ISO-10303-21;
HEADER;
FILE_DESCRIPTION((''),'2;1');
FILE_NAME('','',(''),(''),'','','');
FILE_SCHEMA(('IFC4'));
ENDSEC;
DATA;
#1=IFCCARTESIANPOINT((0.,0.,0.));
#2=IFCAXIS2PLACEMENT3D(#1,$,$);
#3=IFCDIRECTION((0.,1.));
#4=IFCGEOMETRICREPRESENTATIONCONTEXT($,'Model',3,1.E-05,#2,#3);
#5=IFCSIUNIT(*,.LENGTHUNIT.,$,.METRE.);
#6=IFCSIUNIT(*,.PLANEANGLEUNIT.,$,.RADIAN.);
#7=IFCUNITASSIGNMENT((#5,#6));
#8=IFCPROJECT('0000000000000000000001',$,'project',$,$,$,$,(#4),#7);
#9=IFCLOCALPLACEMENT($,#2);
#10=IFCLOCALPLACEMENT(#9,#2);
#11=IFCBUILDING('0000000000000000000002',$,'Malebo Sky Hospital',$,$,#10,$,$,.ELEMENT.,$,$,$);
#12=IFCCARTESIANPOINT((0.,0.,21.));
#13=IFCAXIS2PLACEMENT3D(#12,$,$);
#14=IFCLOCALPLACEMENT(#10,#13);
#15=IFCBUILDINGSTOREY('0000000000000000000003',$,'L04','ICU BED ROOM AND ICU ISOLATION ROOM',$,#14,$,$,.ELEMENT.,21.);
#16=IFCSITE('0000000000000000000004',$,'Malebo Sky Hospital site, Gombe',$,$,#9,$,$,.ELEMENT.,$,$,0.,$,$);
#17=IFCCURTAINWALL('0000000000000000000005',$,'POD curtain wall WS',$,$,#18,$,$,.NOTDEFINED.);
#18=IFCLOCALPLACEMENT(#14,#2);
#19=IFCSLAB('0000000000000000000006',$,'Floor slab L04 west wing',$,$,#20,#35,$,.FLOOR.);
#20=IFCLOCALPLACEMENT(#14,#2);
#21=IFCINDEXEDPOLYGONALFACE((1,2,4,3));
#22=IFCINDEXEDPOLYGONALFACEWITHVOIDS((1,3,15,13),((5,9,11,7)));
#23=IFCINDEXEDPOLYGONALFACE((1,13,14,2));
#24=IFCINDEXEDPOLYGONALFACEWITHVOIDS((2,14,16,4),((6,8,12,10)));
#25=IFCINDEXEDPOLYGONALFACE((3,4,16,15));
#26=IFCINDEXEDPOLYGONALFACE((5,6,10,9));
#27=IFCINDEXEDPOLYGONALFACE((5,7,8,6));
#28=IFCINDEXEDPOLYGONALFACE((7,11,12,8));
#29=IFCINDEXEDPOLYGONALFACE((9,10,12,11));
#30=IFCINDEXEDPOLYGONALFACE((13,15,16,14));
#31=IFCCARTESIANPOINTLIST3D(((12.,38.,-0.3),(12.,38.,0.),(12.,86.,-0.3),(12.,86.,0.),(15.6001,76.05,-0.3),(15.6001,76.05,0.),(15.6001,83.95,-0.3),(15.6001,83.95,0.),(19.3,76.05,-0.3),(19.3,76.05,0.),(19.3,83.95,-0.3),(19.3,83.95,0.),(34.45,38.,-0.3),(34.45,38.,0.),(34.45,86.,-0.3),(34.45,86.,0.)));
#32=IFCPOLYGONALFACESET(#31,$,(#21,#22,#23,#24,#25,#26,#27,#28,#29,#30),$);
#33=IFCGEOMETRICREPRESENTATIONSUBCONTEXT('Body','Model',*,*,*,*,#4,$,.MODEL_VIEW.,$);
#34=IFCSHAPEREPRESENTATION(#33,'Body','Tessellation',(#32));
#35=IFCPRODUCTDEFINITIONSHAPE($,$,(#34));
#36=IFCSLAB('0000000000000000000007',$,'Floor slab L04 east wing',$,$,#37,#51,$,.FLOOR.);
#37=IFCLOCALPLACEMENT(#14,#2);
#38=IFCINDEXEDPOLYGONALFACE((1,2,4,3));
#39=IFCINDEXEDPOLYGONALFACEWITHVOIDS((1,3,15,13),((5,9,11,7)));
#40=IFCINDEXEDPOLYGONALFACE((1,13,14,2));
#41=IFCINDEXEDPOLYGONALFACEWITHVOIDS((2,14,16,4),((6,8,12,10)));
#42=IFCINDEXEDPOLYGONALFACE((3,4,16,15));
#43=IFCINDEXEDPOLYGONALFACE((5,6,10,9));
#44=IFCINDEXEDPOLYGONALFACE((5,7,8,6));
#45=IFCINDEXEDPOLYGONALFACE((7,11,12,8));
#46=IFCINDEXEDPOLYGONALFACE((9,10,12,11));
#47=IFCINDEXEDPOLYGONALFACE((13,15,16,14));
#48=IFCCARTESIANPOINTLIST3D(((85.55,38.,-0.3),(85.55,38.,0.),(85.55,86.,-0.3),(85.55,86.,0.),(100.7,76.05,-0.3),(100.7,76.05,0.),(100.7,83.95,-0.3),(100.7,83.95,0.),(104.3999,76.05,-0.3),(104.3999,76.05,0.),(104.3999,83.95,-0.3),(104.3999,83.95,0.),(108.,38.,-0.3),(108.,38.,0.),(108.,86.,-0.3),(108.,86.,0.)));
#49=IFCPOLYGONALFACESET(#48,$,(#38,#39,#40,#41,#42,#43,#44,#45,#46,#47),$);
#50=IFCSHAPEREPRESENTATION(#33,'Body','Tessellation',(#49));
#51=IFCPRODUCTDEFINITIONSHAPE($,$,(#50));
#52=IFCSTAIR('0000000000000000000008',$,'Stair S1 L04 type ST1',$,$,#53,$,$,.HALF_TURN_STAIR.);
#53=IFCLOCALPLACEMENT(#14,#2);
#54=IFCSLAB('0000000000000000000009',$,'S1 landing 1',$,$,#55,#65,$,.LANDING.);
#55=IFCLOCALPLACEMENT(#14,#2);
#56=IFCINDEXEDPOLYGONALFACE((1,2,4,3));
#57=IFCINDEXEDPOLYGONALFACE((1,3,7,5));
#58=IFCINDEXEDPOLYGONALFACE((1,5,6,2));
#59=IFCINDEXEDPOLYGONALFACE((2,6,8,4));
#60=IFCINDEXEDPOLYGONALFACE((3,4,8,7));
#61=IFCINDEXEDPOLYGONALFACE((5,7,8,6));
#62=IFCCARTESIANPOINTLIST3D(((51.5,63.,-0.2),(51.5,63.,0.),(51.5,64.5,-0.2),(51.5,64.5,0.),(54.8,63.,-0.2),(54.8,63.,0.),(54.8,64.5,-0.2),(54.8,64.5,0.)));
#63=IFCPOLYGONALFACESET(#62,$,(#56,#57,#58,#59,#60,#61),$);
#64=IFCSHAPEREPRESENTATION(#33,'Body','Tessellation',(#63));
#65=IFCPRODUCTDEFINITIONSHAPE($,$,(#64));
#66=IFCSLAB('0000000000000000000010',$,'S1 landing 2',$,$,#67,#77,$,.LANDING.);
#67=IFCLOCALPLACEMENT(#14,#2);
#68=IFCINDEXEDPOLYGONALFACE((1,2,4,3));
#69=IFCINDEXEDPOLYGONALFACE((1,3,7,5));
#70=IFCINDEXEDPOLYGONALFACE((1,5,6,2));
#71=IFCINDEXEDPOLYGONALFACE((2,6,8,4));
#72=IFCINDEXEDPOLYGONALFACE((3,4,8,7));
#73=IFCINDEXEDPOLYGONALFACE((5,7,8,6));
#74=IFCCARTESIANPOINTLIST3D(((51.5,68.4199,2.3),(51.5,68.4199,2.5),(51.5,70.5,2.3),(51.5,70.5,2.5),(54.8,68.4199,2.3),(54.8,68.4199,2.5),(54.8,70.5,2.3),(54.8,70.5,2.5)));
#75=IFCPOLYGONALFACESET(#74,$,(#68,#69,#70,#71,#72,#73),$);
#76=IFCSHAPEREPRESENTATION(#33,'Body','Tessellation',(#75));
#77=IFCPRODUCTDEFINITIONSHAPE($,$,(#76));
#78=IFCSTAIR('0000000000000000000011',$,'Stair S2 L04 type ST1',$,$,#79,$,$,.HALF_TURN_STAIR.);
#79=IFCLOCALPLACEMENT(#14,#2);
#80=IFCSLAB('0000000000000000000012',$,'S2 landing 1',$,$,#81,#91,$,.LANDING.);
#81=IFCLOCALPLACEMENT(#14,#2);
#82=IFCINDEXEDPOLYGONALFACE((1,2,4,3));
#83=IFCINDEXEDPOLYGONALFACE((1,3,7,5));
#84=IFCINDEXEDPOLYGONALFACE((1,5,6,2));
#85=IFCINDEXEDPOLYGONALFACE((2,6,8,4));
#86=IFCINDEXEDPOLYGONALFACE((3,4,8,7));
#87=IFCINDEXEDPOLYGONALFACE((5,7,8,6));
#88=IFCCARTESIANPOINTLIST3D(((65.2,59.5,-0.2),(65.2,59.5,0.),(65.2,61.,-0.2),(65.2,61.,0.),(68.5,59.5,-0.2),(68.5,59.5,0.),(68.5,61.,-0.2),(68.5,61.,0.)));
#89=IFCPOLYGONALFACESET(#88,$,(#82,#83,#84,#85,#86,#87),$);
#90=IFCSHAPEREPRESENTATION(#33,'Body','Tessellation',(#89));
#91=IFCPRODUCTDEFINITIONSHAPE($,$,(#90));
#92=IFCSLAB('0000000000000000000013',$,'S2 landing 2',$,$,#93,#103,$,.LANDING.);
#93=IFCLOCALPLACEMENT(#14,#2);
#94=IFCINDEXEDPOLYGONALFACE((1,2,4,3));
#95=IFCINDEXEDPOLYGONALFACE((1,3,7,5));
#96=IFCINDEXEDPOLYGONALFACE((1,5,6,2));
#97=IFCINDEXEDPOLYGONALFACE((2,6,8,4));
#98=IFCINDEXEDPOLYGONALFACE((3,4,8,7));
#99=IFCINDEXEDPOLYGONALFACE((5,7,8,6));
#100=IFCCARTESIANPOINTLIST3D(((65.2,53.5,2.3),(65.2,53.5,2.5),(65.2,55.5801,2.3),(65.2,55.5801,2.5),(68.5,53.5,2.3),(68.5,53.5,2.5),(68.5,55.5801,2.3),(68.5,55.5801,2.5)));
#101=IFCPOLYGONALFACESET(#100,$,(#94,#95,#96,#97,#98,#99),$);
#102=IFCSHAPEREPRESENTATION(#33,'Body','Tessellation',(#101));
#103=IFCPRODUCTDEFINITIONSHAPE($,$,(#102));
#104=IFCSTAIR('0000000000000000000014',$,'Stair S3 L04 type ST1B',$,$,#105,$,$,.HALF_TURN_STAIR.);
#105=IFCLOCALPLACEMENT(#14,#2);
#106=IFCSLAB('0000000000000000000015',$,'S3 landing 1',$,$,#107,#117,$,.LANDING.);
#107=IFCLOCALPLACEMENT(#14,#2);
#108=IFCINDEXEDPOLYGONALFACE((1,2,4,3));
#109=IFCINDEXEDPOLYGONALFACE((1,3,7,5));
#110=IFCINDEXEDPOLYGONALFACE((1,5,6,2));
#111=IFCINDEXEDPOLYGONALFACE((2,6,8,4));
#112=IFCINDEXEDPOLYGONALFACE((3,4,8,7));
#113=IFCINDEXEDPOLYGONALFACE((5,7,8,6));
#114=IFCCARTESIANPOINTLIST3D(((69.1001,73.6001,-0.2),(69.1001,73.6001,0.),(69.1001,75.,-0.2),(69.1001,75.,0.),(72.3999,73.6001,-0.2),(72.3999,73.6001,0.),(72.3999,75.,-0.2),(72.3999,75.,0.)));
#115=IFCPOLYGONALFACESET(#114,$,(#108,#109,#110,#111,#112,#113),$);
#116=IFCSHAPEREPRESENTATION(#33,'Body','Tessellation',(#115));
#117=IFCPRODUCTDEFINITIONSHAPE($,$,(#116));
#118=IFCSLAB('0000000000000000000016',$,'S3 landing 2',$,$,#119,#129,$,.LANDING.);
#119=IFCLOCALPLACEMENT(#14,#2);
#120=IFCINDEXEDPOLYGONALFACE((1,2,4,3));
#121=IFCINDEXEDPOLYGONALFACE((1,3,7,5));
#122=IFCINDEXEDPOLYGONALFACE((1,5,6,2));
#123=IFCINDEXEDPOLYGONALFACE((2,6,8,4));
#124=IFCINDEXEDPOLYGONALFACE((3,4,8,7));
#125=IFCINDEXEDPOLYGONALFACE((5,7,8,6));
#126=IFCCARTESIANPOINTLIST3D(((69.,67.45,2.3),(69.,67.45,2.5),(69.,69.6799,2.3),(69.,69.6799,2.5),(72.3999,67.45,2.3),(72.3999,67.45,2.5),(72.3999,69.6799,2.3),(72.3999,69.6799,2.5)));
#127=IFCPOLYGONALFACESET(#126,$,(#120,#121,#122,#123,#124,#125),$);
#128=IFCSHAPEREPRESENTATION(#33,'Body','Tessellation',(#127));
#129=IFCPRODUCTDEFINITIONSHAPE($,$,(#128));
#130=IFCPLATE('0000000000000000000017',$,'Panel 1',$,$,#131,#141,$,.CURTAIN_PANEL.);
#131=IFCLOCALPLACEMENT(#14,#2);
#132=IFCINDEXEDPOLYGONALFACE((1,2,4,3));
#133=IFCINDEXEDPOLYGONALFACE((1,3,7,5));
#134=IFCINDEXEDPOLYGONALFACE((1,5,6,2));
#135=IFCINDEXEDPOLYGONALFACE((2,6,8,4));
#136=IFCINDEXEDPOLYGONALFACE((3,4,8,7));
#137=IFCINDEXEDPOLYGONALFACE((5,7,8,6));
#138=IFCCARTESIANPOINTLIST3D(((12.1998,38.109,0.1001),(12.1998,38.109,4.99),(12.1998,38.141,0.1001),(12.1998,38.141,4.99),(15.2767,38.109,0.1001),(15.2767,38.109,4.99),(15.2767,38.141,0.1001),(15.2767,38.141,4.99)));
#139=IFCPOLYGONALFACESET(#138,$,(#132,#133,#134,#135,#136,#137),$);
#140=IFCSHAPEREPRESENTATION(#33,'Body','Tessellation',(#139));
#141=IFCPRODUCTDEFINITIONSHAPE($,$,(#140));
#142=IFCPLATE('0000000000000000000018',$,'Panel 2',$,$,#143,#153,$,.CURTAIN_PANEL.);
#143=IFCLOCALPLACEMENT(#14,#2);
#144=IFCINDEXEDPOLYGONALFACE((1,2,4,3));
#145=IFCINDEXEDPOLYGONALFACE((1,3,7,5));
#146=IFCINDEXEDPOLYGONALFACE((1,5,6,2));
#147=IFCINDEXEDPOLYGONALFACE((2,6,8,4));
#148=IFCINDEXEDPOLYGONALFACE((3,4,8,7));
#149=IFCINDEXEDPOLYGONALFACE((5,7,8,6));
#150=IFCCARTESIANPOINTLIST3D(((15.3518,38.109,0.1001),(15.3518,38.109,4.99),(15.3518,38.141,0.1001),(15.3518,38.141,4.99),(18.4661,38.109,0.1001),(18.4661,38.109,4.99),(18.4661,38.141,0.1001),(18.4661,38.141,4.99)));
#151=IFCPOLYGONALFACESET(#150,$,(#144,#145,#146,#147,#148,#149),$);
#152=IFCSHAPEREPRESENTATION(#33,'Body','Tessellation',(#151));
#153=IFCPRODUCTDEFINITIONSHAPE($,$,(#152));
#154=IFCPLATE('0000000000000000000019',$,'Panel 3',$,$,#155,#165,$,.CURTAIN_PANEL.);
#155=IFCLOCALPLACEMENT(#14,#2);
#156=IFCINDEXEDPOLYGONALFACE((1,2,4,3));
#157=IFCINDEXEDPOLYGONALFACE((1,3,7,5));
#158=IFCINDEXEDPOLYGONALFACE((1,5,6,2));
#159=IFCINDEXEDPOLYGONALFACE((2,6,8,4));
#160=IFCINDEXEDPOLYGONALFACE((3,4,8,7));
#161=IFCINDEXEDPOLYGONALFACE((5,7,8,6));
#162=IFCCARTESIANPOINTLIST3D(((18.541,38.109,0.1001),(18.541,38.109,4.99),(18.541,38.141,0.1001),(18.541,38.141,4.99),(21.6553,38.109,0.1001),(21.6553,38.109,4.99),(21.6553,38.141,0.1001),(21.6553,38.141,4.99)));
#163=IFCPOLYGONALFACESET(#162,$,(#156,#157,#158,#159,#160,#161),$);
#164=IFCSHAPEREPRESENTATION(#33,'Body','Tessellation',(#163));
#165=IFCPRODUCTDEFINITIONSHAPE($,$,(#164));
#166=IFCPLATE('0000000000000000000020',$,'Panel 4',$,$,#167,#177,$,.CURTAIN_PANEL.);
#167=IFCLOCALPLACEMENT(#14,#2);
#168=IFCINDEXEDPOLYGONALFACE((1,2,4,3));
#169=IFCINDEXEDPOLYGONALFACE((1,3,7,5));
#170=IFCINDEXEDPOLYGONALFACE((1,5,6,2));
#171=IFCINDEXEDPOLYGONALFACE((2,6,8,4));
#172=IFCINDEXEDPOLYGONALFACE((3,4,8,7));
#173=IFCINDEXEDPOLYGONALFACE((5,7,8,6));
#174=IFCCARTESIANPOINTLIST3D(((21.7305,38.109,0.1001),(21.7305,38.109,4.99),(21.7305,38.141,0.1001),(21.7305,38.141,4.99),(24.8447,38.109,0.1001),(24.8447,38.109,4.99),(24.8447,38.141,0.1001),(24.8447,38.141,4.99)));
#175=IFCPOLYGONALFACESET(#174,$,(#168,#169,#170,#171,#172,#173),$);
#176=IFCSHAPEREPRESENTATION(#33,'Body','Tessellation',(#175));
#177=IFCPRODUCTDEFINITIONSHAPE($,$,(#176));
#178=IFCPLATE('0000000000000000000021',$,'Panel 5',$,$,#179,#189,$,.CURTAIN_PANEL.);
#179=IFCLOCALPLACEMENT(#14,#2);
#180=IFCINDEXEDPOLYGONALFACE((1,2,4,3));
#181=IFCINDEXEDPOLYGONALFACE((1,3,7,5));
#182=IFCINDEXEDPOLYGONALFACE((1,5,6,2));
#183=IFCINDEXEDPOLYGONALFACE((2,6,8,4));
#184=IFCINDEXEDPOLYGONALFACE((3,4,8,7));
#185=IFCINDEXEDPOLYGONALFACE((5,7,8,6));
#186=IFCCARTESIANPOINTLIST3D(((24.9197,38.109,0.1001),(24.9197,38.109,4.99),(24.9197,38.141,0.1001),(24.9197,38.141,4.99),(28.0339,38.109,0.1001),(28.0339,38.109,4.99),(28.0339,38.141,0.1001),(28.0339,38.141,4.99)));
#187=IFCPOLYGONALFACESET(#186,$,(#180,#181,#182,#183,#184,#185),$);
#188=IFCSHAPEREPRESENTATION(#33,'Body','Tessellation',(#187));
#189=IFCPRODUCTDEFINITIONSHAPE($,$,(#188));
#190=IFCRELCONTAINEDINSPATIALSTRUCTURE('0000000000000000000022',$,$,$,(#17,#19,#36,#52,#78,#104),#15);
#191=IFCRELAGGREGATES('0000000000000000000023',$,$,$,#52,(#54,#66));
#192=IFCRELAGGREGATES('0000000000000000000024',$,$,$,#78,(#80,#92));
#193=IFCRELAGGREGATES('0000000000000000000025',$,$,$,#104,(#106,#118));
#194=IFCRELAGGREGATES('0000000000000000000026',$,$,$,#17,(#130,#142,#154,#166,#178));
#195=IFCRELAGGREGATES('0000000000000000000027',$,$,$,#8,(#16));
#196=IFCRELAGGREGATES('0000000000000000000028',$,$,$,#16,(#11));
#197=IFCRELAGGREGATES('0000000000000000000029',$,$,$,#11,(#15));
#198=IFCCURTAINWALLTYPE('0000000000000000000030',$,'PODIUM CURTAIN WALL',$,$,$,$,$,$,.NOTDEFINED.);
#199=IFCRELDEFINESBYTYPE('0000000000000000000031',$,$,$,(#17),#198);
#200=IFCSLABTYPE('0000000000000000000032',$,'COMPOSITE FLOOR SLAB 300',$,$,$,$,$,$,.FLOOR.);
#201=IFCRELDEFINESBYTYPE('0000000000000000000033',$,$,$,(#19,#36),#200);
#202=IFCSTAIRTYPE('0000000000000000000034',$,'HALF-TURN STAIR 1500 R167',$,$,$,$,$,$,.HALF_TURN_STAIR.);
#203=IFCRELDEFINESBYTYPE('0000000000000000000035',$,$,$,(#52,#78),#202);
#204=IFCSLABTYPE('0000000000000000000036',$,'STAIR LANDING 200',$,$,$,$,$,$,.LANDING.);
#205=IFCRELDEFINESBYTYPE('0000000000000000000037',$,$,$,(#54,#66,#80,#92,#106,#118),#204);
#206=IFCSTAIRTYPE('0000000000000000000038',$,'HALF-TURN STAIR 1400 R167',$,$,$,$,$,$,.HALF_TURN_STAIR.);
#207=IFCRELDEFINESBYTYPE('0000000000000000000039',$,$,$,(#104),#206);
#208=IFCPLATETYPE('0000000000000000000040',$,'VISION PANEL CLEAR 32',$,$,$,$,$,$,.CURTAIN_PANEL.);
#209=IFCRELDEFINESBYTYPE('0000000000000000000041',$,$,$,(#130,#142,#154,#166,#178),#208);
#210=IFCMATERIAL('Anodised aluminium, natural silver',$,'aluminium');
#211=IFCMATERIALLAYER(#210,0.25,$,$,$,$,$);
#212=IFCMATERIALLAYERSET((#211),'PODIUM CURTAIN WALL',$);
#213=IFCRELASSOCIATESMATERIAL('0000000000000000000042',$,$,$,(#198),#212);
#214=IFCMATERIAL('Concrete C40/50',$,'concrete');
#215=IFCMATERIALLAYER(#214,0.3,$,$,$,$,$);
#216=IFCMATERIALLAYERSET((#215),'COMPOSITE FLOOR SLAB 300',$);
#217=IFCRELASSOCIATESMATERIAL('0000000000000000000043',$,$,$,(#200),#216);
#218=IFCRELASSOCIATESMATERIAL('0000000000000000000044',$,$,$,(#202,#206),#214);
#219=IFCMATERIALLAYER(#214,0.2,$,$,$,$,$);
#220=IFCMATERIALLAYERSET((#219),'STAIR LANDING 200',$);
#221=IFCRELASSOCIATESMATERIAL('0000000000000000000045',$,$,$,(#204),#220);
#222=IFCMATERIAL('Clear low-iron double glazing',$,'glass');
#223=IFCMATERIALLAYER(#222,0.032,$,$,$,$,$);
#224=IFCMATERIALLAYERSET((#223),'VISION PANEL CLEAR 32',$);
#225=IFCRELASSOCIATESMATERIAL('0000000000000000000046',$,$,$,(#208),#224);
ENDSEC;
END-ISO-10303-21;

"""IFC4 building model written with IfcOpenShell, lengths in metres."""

from ifc_helpers import new_model, si_unit, direction, frame, origin, origin_2d, place, context, subcontext, project, spatial, polyline, rectangle, outline, extrude, material, layer, layer_set, type_object, element, aggregate, save


model = new_model("IFC4")

# Units and contexts
model_context = context("Model", 3, precision=1e-05, world=origin(), true_north=direction((0.0, 1.0)))
body_context = subcontext(model_context, "Body", "Model", "MODEL_VIEW")
ifc_project = project(units=[si_unit("LENGTHUNIT", "METRE"), si_unit("PLANEANGLEUNIT", "RADIAN")], contexts=[model_context])

# Site, building, storey
site_placement = place(None, origin())
site = spatial("IfcSite", under=ifc_project, at=site_placement, Name="Malebo Sky Hospital site, Gombe", CompositionType="ELEMENT", RefElevation=0.0)
building_placement = place(site_placement, origin())
building = spatial("IfcBuilding", under=site, at=building_placement, Name="Malebo Sky Hospital", CompositionType="ELEMENT")
storey_placement = place(building_placement, frame((0.0, 0.0, 21.0)))
storey = spatial("IfcBuildingStorey", under=building, at=storey_placement, Name="L04", Description="ICU BED ROOM AND ICU ISOLATION ROOM", CompositionType="ELEMENT", Elevation=21.0)

# Curtain wall
ifc_material_1 = material(Name="Anodised aluminium, natural silver", Category="aluminium")
ifc_layer_1 = layer(ifc_material_1, 0.25)
ifc_layer_set_1 = layer_set([ifc_layer_1], Name="PODIUM CURTAIN WALL")
curtain_wall_type = type_object("IfcCurtainWallType", Name="PODIUM CURTAIN WALL", PredefinedType="NOTDEFINED", material=ifc_layer_set_1)
curtain_wall_placement = place(storey_placement, origin())
curtain_wall = element("IfcCurtainWall", 1, at=curtain_wall_placement, inside=storey, type_object=curtain_wall_type, Name="POD curtain wall WS", PredefinedType="NOTDEFINED")

# Slabs
ifc_material_2 = material(Name="Concrete C40/50", Category="concrete")
ifc_layer_2 = layer(ifc_material_2, 0.3)
ifc_layer_set_2 = layer_set([ifc_layer_2], Name="COMPOSITE FLOOR SLAB 300")
slab_type_1 = type_object("IfcSlabType", Name="COMPOSITE FLOOR SLAB 300", PredefinedType="FLOOR", material=ifc_layer_set_2)
slab_1_placement = place(storey_placement, frame((0.0, 0.0, -0.3)))
element("IfcSlab", 2, at=slab_1_placement, inside=storey, type_object=slab_type_1, Name="Floor slab L04 west wing", PredefinedType="FLOOR", context=body_context, shape_type="SweptSolid", body=[
    extrude(outline(polyline([(34.45, 38.0), (34.45, 86.0), (12.0, 86.0), (12.0, 38.0), (34.45, 38.0)]), holes=[polyline([(19.3, 76.05), (15.6001, 76.05), (15.6001, 83.95), (19.3, 83.95), (19.3, 76.05)])]), origin(), (0.0, 0.0, 1.0), 0.3),
])
slab_2_placement = place(storey_placement, frame((0.0, 0.0, -0.3)))
element("IfcSlab", 3, at=slab_2_placement, inside=storey, type_object=slab_type_1, Name="Floor slab L04 east wing", PredefinedType="FLOOR", context=body_context, shape_type="SweptSolid", body=[
    extrude(outline(polyline([(108.0, 38.0), (108.0, 86.0), (85.55, 86.0), (85.55, 38.0), (108.0, 38.0)]), holes=[polyline([(104.3999, 76.05), (100.7, 76.05), (100.7, 83.95), (104.3999, 83.95), (104.3999, 76.05)])]), origin(), (0.0, 0.0, 1.0), 0.3),
])

# Stairs, slabs
stair_type_1 = type_object("IfcStairType", Name="HALF-TURN STAIR 1500 R167", PredefinedType="HALF_TURN_STAIR", material=ifc_material_2)
stair_1_placement = place(storey_placement, origin())
stair_1 = element("IfcStair", 4, at=stair_1_placement, inside=storey, type_object=stair_type_1, Name="Stair S1 L04 type ST1", PredefinedType="HALF_TURN_STAIR")
ifc_layer_3 = layer(ifc_material_2, 0.2)
ifc_layer_set_3 = layer_set([ifc_layer_3], Name="STAIR LANDING 200")
slab_type_2 = type_object("IfcSlabType", Name="STAIR LANDING 200", PredefinedType="LANDING", material=ifc_layer_set_3)
slab_3_placement = place(storey_placement, frame((0.0, 0.0, -0.2)))
slab_3 = element("IfcSlab", 5, at=slab_3_placement, type_object=slab_type_2, Name="S1 landing 1", PredefinedType="LANDING", context=body_context, shape_type="SweptSolid", body=[
    extrude(outline(polyline([(51.5, 63.0), (54.8, 63.0), (54.8, 64.5), (51.5, 64.5), (51.5, 63.0)])), origin(), (0.0, 0.0, 1.0), 0.2),
])
slab_4_placement = place(storey_placement, frame((0.0, 0.0, 2.3)))
slab_4 = element("IfcSlab", 6, at=slab_4_placement, type_object=slab_type_2, Name="S1 landing 2", PredefinedType="LANDING", context=body_context, shape_type="SweptSolid", body=[
    extrude(outline(polyline([(51.5, 68.4199), (54.8, 68.4199), (54.8, 70.5), (51.5, 70.5), (51.5, 68.4199)])), origin(), (0.0, 0.0, 1.0), 0.2),
])
aggregate(stair_1, [slab_3, slab_4])
stair_2_placement = place(storey_placement, origin())
stair_2 = element("IfcStair", 7, at=stair_2_placement, inside=storey, type_object=stair_type_1, Name="Stair S2 L04 type ST1", PredefinedType="HALF_TURN_STAIR")
slab_5_placement = place(storey_placement, frame((0.0, 0.0, -0.2)))
slab_5 = element("IfcSlab", 8, at=slab_5_placement, type_object=slab_type_2, Name="S2 landing 1", PredefinedType="LANDING", context=body_context, shape_type="SweptSolid", body=[
    extrude(outline(polyline([(65.2, 59.5), (68.5, 59.5), (68.5, 61.0), (65.2, 61.0), (65.2, 59.5)])), origin(), (0.0, 0.0, 1.0), 0.2),
])
slab_6_placement = place(storey_placement, frame((0.0, 0.0, 2.3)))
slab_6 = element("IfcSlab", 9, at=slab_6_placement, type_object=slab_type_2, Name="S2 landing 2", PredefinedType="LANDING", context=body_context, shape_type="SweptSolid", body=[
    extrude(outline(polyline([(65.2, 53.5), (68.5, 53.5), (68.5, 55.5801), (65.2, 55.5801), (65.2, 53.5)])), origin(), (0.0, 0.0, 1.0), 0.2),
])
aggregate(stair_2, [slab_5, slab_6])
stair_type_2 = type_object("IfcStairType", Name="HALF-TURN STAIR 1400 R167", PredefinedType="HALF_TURN_STAIR", material=ifc_material_2)
stair_3_placement = place(storey_placement, origin())
stair_3 = element("IfcStair", 10, at=stair_3_placement, inside=storey, type_object=stair_type_2, Name="Stair S3 L04 type ST1B", PredefinedType="HALF_TURN_STAIR")
slab_7_placement = place(storey_placement, frame((0.0, 0.0, -0.2)))
slab_7 = element("IfcSlab", 11, at=slab_7_placement, type_object=slab_type_2, Name="S3 landing 1", PredefinedType="LANDING", context=body_context, shape_type="SweptSolid", body=[
    extrude(outline(polyline([(69.1001, 73.6001), (72.3999, 73.6001), (72.3999, 75.0), (69.1001, 75.0), (69.1001, 73.6001)])), origin(), (0.0, 0.0, 1.0), 0.2),
])
slab_8_placement = place(storey_placement, frame((0.0, 0.0, 2.3)))
slab_8 = element("IfcSlab", 12, at=slab_8_placement, type_object=slab_type_2, Name="S3 landing 2", PredefinedType="LANDING", context=body_context, shape_type="SweptSolid", body=[
    extrude(outline(polyline([(69.0, 67.45), (72.3999, 67.45), (72.3999, 69.6799), (69.0, 69.6799), (69.0, 67.45)])), origin(), (0.0, 0.0, 1.0), 0.2),
])
aggregate(stair_3, [slab_7, slab_8])

# Plates
ifc_material_3 = material(Name="Clear low-iron double glazing", Category="glass")
ifc_layer_4 = layer(ifc_material_3, 0.032)
ifc_layer_set_4 = layer_set([ifc_layer_4], Name="VISION PANEL CLEAR 32")
plate_type = type_object("IfcPlateType", Name="VISION PANEL CLEAR 32", PredefinedType="CURTAIN_PANEL", material=ifc_layer_set_4)
plate_1_placement = place(storey_placement, frame((13.7383, 38.125, 0.1001), z_axis=(0.0, 0.0, 1.0), x_axis=(1.0, 0.0, 0.0)))
plate_1 = element("IfcPlate", 13, at=plate_1_placement, type_object=plate_type, Name="Panel 1", PredefinedType="CURTAIN_PANEL", context=body_context, shape_type="SweptSolid", body=[
    extrude(rectangle(XDim=3.0769, YDim=0.032, at=origin_2d()), origin(), (0.0, 0.0, 1.0), 4.8899),
])
plate_2_placement = place(storey_placement, frame((16.9089, 38.125, 0.1001), z_axis=(0.0, 0.0, 1.0), x_axis=(1.0, 0.0, 0.0)))
plate_2 = element("IfcPlate", 14, at=plate_2_placement, type_object=plate_type, Name="Panel 2", PredefinedType="CURTAIN_PANEL", context=body_context, shape_type="SweptSolid", body=[
    extrude(rectangle(XDim=3.1143, YDim=0.032, at=origin_2d()), origin(), (0.0, 0.0, 1.0), 4.8899),
])
plate_3_placement = place(storey_placement, frame((20.0981, 38.125, 0.1001), z_axis=(0.0, 0.0, 1.0), x_axis=(1.0, 0.0, 0.0)))
plate_3 = element("IfcPlate", 15, at=plate_3_placement, type_object=plate_type, Name="Panel 3", PredefinedType="CURTAIN_PANEL", context=body_context, shape_type="SweptSolid", body=[
    extrude(rectangle(XDim=3.1143, YDim=0.032, at=origin_2d()), origin(), (0.0, 0.0, 1.0), 4.8899),
])
plate_4_placement = place(storey_placement, frame((23.2876, 38.125, 0.1001), z_axis=(0.0, 0.0, 1.0), x_axis=(1.0, 0.0, 0.0)))
plate_4 = element("IfcPlate", 16, at=plate_4_placement, type_object=plate_type, Name="Panel 4", PredefinedType="CURTAIN_PANEL", context=body_context, shape_type="SweptSolid", body=[
    extrude(rectangle(XDim=3.1143, YDim=0.032, at=origin_2d()), origin(), (0.0, 0.0, 1.0), 4.8899),
])
plate_5_placement = place(storey_placement, frame((26.4768, 38.125, 0.1001), z_axis=(0.0, 0.0, 1.0), x_axis=(1.0, 0.0, 0.0)))
plate_5 = element("IfcPlate", 17, at=plate_5_placement, type_object=plate_type, Name="Panel 5", PredefinedType="CURTAIN_PANEL", context=body_context, shape_type="SweptSolid", body=[
    extrude(rectangle(XDim=3.1143, YDim=0.032, at=origin_2d()), origin(), (0.0, 0.0, 1.0), 4.8899),
])
aggregate(curtain_wall, [plate_1, plate_2, plate_3, plate_4, plate_5])

save(model, "model.ifc")
